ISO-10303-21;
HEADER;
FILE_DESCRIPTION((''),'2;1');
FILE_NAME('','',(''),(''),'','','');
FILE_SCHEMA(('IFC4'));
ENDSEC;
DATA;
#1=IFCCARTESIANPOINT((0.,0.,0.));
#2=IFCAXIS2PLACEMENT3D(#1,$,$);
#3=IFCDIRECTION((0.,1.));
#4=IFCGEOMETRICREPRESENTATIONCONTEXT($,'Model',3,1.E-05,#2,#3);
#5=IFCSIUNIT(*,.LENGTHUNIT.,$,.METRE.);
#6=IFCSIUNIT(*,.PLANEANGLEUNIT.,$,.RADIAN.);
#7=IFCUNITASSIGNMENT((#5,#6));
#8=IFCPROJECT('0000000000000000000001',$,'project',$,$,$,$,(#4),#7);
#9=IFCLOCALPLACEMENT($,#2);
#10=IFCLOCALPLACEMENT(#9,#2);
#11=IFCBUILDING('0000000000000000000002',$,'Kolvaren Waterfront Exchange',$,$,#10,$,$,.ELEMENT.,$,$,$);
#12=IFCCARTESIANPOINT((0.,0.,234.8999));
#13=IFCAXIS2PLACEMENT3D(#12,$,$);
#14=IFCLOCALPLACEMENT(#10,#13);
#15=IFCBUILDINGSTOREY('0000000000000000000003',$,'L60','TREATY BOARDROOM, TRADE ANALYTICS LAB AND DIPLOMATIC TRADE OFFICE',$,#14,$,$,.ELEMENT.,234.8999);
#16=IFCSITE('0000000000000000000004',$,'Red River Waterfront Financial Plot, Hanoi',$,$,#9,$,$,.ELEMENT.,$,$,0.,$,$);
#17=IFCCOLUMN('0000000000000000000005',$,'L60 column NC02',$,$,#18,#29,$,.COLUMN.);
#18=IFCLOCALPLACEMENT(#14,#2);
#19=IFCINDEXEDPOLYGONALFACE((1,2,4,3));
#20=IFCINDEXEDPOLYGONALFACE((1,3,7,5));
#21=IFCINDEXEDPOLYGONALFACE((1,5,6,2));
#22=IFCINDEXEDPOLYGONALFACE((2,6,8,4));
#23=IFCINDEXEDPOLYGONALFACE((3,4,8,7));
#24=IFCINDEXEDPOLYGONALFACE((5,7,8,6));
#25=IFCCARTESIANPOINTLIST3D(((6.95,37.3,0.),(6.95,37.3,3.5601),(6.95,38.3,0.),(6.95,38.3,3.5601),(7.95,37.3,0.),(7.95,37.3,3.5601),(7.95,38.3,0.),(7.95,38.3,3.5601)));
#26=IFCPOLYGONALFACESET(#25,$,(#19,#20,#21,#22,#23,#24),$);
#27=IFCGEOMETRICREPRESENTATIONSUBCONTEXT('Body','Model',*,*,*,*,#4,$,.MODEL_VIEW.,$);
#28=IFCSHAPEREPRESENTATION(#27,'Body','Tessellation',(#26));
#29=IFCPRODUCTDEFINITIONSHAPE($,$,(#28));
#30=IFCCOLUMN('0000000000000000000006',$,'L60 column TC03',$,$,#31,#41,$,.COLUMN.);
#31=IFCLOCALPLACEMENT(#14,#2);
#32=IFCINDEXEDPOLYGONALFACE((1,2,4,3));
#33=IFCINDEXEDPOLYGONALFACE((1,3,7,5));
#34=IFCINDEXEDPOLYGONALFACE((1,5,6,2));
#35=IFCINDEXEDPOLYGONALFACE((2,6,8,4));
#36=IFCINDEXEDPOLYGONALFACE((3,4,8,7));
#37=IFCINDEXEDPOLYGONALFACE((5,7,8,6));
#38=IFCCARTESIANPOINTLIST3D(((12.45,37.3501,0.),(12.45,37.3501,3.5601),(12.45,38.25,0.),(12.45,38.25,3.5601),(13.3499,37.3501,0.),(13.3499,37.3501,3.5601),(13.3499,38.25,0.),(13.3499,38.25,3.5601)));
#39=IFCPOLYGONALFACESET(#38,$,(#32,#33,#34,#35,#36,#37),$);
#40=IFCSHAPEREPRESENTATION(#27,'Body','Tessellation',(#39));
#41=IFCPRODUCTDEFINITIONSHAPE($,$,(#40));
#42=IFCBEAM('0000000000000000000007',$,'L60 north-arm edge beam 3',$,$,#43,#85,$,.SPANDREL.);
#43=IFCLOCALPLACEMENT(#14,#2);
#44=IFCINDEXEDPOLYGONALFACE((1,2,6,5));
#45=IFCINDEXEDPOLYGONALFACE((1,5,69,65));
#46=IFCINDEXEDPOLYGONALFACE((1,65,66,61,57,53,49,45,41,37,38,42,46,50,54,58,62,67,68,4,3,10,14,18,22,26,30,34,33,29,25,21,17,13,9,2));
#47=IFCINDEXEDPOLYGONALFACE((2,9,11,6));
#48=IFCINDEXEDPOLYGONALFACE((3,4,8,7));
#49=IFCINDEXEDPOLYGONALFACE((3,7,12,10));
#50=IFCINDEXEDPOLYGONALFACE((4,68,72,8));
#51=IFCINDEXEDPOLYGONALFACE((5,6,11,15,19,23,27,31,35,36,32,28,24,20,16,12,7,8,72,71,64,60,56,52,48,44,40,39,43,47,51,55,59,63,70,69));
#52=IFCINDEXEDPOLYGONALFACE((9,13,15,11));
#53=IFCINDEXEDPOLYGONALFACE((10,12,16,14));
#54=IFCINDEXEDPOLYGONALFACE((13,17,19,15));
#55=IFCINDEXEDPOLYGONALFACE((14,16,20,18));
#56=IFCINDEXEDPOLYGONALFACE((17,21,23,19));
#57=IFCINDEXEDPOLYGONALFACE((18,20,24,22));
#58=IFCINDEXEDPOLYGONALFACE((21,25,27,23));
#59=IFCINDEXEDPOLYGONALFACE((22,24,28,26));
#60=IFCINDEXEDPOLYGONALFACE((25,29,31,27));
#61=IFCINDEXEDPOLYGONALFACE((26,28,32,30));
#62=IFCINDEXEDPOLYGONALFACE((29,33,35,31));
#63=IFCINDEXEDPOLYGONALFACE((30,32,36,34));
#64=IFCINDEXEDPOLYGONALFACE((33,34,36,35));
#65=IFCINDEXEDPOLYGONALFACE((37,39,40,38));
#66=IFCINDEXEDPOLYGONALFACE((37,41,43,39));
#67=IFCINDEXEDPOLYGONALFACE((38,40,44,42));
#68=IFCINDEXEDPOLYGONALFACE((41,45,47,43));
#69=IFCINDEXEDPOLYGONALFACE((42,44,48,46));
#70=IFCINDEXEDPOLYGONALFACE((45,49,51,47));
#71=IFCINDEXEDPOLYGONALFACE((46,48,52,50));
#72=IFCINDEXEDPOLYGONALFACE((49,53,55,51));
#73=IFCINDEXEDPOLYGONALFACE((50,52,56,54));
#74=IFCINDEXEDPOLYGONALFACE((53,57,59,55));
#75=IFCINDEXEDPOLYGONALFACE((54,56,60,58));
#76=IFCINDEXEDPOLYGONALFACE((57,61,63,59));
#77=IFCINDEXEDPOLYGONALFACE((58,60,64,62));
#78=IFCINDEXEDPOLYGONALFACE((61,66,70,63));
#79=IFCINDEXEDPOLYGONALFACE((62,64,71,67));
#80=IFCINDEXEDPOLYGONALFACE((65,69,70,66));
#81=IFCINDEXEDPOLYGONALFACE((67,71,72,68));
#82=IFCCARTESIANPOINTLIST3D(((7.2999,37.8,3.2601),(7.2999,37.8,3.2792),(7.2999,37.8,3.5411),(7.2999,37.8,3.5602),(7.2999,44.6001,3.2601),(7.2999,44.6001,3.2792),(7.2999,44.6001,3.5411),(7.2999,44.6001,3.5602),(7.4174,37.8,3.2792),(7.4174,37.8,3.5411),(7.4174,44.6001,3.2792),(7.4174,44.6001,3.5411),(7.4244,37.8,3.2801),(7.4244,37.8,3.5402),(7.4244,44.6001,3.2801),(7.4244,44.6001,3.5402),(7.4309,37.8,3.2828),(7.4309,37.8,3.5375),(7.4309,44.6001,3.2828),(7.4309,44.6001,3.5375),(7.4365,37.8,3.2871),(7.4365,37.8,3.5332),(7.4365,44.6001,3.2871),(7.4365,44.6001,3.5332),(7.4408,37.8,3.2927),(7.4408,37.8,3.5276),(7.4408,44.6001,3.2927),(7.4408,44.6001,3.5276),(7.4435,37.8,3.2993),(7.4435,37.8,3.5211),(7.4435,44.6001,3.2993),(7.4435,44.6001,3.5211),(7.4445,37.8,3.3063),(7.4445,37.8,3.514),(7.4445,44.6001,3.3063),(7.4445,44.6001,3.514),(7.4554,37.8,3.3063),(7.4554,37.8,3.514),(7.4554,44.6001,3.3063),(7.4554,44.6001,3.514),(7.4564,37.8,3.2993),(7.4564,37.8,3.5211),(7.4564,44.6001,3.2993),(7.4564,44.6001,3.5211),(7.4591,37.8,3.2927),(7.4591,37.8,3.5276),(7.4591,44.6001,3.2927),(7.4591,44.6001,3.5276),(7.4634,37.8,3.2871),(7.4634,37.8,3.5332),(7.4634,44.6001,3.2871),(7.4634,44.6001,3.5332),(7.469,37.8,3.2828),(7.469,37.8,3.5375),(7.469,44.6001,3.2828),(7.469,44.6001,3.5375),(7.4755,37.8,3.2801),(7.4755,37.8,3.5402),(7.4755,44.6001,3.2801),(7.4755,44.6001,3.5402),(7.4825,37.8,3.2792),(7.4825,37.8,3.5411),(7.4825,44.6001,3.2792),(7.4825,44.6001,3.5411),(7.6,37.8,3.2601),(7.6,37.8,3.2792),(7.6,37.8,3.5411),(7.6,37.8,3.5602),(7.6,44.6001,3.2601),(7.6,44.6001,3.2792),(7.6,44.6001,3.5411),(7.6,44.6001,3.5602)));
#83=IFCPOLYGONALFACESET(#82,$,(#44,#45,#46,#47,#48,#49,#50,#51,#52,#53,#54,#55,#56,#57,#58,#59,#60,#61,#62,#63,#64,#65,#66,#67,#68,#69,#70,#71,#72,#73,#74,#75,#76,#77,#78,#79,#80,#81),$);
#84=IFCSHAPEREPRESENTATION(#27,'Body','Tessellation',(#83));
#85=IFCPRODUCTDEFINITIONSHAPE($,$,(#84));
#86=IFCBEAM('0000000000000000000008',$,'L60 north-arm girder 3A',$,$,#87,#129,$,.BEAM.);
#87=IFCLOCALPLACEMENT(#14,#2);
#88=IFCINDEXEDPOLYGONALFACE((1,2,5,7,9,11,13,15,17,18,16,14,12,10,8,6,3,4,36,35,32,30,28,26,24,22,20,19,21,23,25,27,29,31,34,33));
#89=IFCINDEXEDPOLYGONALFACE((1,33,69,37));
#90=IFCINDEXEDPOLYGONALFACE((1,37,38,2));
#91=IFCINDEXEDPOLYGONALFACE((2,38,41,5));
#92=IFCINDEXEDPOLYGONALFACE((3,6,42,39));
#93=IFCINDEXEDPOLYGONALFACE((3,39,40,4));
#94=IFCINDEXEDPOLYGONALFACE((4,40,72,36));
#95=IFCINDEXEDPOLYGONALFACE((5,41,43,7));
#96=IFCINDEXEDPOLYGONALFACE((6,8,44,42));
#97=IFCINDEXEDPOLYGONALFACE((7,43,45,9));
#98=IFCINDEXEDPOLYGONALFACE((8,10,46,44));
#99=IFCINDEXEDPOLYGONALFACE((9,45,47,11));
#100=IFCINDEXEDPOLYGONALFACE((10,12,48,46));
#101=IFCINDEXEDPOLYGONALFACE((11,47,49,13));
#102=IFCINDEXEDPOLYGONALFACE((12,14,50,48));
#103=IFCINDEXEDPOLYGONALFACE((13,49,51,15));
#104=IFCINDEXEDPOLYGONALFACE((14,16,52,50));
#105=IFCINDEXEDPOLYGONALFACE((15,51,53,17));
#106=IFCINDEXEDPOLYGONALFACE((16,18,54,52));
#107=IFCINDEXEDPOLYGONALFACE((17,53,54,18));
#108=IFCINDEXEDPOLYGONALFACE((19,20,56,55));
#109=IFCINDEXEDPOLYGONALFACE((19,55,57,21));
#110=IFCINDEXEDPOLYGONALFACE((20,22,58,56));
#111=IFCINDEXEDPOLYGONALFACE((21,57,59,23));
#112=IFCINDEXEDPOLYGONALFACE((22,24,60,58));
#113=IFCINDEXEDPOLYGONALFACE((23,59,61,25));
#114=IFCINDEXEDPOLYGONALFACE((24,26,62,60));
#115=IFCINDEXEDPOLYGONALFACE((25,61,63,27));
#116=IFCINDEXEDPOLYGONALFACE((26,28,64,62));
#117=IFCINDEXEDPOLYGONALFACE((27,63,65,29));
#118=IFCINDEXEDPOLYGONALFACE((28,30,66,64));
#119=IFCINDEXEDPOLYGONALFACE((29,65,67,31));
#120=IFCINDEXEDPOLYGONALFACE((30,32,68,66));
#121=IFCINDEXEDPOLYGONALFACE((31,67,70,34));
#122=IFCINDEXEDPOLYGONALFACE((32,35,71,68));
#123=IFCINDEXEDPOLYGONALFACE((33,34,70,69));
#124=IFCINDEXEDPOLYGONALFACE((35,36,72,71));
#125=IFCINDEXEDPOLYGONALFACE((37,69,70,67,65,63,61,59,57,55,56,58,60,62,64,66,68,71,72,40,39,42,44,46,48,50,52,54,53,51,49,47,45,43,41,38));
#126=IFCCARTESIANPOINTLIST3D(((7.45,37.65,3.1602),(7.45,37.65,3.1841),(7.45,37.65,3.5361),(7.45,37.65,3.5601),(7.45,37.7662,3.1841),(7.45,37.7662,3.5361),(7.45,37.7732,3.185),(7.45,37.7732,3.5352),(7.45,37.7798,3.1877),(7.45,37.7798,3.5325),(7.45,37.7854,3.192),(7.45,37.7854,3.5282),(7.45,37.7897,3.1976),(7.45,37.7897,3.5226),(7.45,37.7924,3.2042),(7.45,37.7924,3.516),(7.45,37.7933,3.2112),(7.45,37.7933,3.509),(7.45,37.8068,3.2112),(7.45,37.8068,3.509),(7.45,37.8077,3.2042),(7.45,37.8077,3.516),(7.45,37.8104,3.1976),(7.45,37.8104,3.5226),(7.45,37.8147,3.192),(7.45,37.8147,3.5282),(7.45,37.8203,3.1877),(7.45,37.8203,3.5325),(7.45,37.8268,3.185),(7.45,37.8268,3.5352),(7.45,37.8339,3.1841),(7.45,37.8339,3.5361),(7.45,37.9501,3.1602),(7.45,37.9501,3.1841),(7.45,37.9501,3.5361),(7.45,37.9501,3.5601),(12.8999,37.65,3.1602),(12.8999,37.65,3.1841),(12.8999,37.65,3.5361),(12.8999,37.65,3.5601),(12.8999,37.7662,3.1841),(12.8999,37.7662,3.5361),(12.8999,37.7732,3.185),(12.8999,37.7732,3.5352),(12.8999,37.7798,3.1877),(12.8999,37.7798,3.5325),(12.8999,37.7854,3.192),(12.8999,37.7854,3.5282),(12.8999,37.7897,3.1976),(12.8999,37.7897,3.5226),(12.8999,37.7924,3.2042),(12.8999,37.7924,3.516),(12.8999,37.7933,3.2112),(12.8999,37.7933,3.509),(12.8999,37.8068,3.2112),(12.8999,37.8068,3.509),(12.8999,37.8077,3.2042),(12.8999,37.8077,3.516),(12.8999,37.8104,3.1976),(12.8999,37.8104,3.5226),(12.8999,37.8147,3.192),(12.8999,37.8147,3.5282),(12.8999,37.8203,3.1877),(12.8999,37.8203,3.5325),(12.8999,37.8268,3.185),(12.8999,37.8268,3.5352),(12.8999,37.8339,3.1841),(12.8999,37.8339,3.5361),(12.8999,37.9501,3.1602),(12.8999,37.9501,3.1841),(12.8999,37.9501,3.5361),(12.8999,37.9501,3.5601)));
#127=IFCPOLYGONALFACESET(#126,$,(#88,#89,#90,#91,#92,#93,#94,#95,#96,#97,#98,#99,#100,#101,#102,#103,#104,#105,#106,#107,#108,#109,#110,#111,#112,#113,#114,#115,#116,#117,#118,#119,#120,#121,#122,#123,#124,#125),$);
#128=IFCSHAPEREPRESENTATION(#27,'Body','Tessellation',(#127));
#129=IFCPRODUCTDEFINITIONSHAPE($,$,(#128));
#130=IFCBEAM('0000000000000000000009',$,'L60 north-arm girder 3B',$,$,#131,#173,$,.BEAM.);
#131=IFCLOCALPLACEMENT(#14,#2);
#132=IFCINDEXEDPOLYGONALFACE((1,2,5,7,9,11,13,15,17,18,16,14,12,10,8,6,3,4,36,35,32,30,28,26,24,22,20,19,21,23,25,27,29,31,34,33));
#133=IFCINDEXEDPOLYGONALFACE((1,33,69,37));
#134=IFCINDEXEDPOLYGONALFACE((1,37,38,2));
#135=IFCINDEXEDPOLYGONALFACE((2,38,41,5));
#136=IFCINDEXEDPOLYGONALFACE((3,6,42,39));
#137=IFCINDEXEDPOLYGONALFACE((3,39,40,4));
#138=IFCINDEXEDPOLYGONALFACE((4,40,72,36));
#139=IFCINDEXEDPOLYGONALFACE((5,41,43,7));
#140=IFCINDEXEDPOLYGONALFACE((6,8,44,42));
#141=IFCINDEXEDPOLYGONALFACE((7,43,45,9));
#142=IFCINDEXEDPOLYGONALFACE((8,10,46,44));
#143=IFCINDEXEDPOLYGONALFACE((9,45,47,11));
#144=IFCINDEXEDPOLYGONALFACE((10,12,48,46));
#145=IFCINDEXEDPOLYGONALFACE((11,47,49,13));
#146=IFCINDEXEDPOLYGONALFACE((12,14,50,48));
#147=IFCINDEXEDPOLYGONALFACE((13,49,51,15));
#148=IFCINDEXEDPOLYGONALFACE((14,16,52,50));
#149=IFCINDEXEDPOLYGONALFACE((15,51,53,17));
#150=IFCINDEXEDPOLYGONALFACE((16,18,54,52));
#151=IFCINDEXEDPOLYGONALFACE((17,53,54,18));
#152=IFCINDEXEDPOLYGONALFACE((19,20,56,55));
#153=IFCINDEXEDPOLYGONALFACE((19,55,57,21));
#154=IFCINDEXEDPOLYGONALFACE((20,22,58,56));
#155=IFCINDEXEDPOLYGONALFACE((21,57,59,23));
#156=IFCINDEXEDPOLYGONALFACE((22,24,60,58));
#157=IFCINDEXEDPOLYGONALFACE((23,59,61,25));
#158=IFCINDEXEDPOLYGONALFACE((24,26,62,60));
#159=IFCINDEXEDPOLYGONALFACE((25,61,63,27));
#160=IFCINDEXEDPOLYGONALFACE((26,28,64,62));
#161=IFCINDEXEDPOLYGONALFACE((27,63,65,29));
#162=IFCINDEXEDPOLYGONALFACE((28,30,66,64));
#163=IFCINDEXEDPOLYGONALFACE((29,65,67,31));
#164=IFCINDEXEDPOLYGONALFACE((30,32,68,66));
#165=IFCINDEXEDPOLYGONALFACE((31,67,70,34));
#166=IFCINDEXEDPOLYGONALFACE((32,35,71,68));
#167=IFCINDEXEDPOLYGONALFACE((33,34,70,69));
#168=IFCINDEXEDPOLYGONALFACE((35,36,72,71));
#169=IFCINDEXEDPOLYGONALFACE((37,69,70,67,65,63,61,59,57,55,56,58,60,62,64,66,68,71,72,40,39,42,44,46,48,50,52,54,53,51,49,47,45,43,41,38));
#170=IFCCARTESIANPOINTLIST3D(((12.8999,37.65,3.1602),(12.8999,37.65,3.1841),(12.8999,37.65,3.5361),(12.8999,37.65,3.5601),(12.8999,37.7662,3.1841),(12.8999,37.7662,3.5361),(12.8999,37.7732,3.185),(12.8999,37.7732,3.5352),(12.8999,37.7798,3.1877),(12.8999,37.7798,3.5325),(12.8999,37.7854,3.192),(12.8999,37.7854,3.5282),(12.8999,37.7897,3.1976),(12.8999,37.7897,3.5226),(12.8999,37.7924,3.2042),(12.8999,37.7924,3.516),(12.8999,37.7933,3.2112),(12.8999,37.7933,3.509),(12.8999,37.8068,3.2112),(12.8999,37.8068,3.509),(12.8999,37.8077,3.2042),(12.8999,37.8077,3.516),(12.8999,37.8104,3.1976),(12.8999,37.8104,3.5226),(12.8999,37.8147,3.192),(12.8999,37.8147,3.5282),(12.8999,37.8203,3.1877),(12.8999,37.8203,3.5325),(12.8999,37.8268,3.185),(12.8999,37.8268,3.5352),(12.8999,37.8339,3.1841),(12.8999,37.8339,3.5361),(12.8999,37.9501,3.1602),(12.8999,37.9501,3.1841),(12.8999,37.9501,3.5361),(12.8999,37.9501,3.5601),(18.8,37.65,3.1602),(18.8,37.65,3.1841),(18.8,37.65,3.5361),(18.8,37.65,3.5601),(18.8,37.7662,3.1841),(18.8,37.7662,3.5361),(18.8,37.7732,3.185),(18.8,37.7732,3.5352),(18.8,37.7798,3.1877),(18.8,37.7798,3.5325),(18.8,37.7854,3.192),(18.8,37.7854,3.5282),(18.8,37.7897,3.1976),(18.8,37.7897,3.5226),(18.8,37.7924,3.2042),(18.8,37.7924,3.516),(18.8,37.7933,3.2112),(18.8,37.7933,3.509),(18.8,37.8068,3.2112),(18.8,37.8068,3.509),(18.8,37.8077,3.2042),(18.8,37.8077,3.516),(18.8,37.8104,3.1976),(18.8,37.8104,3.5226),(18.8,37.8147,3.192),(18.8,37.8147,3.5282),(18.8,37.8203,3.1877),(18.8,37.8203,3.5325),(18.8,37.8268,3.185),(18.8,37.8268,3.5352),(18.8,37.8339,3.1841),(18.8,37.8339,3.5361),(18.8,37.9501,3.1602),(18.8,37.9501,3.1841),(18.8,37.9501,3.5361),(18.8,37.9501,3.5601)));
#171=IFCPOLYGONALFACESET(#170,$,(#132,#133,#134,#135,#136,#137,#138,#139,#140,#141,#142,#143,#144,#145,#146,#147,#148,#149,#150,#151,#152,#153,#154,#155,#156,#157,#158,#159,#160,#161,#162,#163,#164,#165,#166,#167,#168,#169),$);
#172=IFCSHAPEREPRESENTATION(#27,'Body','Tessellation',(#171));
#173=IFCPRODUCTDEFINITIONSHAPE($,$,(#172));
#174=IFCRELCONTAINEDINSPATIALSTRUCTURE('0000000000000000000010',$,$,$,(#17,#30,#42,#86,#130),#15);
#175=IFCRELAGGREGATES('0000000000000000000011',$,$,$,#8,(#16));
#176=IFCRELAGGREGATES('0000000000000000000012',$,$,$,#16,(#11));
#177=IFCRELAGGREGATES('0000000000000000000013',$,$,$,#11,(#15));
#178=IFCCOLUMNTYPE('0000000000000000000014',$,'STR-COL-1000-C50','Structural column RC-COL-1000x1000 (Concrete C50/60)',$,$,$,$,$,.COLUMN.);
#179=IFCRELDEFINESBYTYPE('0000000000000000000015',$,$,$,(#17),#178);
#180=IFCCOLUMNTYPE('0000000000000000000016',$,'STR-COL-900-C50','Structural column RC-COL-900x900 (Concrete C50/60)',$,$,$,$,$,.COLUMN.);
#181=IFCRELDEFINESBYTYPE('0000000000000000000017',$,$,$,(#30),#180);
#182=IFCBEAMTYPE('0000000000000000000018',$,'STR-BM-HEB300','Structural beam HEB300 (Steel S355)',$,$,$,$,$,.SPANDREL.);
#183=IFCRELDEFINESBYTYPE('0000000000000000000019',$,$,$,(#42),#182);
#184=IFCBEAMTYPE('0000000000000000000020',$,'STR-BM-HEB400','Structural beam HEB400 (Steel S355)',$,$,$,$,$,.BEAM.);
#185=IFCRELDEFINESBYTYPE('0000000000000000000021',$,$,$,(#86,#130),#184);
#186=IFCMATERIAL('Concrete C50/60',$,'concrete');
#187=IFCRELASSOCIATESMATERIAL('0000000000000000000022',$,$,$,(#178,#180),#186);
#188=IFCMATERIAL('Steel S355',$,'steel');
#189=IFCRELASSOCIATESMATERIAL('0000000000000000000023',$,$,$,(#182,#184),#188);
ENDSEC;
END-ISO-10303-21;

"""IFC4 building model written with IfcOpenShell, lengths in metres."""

from ifc_helpers import new_model, si_unit, direction, frame, origin, origin_2d, place, context, subcontext, project, spatial, rectangle, i_section, extrude, material, material_profile, profile_set, type_object, element, save


model = new_model("IFC4")

# Units and contexts
model_context = context("Model", 3, precision=1e-05, world=origin(), true_north=direction((0.0, 1.0)))
body_context = subcontext(model_context, "Body", "Model", "MODEL_VIEW")
ifc_project = project(units=[si_unit("LENGTHUNIT", "METRE"), si_unit("PLANEANGLEUNIT", "RADIAN")], contexts=[model_context])

# Site, building, storey
site_placement = place(None, origin())
site = spatial("IfcSite", under=ifc_project, at=site_placement, Name="Red River Waterfront Financial Plot, Hanoi", CompositionType="ELEMENT", RefElevation=0.0)
building_placement = place(site_placement, origin())
building = spatial("IfcBuilding", under=site, at=building_placement, Name="Kolvaren Waterfront Exchange", CompositionType="ELEMENT")
storey_placement = place(building_placement, frame((0.0, 0.0, 234.8999)))
storey = spatial("IfcBuildingStorey", under=building, at=storey_placement, Name="L60", Description="TREATY BOARDROOM, TRADE ANALYTICS LAB AND DIPLOMATIC TRADE OFFICE", CompositionType="ELEMENT", Elevation=234.8999)

# Columns
ifc_material_1 = material(Name="Concrete C50/60", Category="concrete")
ifc_material_profile_1 = material_profile(ifc_material_1, rectangle(XDim=1.0, YDim=1.0, at=origin_2d()), Name="RC-COL-1000x1000")
ifc_profile_set_1 = profile_set([ifc_material_profile_1], Name="Concrete C50/60")
column_type_1 = type_object("IfcColumnType", Name="STR-COL-1000-C50", Description="Structural column RC-COL-1000x1000 (Concrete C50/60)", PredefinedType="COLUMN", material=ifc_profile_set_1)
column_1_placement = place(storey_placement, frame((7.45, 37.8, 0.0), z_axis=(0.0, 0.0, 1.0), x_axis=(1.0, 0.0, 0.0)))
element("IfcColumn", 1, at=column_1_placement, inside=storey, type_object=column_type_1, Name="L60 column NC02", PredefinedType="COLUMN", context=body_context, shape_type="SweptSolid", body=[
    extrude(rectangle(XDim=1.0, YDim=1.0, at=origin_2d()), origin(), (0.0, 0.0, 1.0), 3.5601),
])
ifc_material_profile_2 = material_profile(ifc_material_1, rectangle(XDim=0.8999, YDim=0.8999, at=origin_2d()), Name="RC-COL-900x900")
ifc_profile_set_2 = profile_set([ifc_material_profile_2], Name="Concrete C50/60")
column_type_2 = type_object("IfcColumnType", Name="STR-COL-900-C50", Description="Structural column RC-COL-900x900 (Concrete C50/60)", PredefinedType="COLUMN", material=ifc_profile_set_2)
column_2_placement = place(storey_placement, frame((12.8999, 37.8, 0.0), z_axis=(0.0, 0.0, 1.0), x_axis=(1.0, 0.0, 0.0)))
element("IfcColumn", 2, at=column_2_placement, inside=storey, type_object=column_type_2, Name="L60 column TC03", PredefinedType="COLUMN", context=body_context, shape_type="SweptSolid", body=[
    extrude(rectangle(XDim=0.8999, YDim=0.8999, at=origin_2d()), origin(), (0.0, 0.0, 1.0), 3.5601),
])

# Beams
ifc_material_2 = material(Name="Steel S355", Category="steel")
ifc_material_profile_3 = material_profile(ifc_material_2, i_section(OverallWidth=0.3, OverallDepth=0.3, WebThickness=0.011, FlangeThickness=0.019, FilletRadius=0.0271, at=origin_2d()), Name="HEB300")
ifc_profile_set_3 = profile_set([ifc_material_profile_3], Name="Steel S355")
beam_type_1 = type_object("IfcBeamType", Name="STR-BM-HEB300", Description="Structural beam HEB300 (Steel S355)", PredefinedType="SPANDREL", material=ifc_profile_set_3)
beam_1_placement = place(storey_placement, frame((7.45, 37.8, 3.4102), z_axis=(0.0, 1.0, 0.0), x_axis=(-1.0, 0.0, 0.0)))
element("IfcBeam", 3, at=beam_1_placement, inside=storey, type_object=beam_type_1, Name="L60 north-arm edge beam 3", PredefinedType="SPANDREL", context=body_context, shape_type="SweptSolid", body=[
    extrude(i_section(OverallWidth=0.3, OverallDepth=0.3, WebThickness=0.011, FlangeThickness=0.019, FilletRadius=0.0271, at=origin_2d()), origin(), (0.0, 0.0, 1.0), 6.8),
])
ifc_material_profile_4 = material_profile(ifc_material_2, i_section(OverallWidth=0.3, OverallDepth=0.3999, WebThickness=0.0134, FlangeThickness=0.0239, FilletRadius=0.0271, at=origin_2d()), Name="HEB400")
ifc_profile_set_4 = profile_set([ifc_material_profile_4], Name="Steel S355")
beam_type_2 = type_object("IfcBeamType", Name="STR-BM-HEB400", Description="Structural beam HEB400 (Steel S355)", PredefinedType="BEAM", material=ifc_profile_set_4)
beam_2_placement = place(storey_placement, frame((7.45, 37.8, 3.3601), z_axis=(1.0, 0.0, 0.0), x_axis=(0.0, 1.0, 0.0)))
element("IfcBeam", 4, at=beam_2_placement, inside=storey, type_object=beam_type_2, Name="L60 north-arm girder 3A", PredefinedType="BEAM", context=body_context, shape_type="SweptSolid", body=[
    extrude(i_section(OverallWidth=0.3, OverallDepth=0.3999, WebThickness=0.0134, FlangeThickness=0.0239, FilletRadius=0.0271, at=origin_2d()), origin(), (0.0, 0.0, 1.0), 5.45),
])
beam_3_placement = place(storey_placement, frame((12.8999, 37.8, 3.3601), z_axis=(1.0, 0.0, 0.0), x_axis=(0.0, 1.0, 0.0)))
element("IfcBeam", 5, at=beam_3_placement, inside=storey, type_object=beam_type_2, Name="L60 north-arm girder 3B", PredefinedType="BEAM", context=body_context, shape_type="SweptSolid", body=[
    extrude(i_section(OverallWidth=0.3, OverallDepth=0.3999, WebThickness=0.0134, FlangeThickness=0.0239, FilletRadius=0.0271, at=origin_2d()), origin(), (0.0, 0.0, 1.0), 5.9001),
])

save(model, "model.ifc")
